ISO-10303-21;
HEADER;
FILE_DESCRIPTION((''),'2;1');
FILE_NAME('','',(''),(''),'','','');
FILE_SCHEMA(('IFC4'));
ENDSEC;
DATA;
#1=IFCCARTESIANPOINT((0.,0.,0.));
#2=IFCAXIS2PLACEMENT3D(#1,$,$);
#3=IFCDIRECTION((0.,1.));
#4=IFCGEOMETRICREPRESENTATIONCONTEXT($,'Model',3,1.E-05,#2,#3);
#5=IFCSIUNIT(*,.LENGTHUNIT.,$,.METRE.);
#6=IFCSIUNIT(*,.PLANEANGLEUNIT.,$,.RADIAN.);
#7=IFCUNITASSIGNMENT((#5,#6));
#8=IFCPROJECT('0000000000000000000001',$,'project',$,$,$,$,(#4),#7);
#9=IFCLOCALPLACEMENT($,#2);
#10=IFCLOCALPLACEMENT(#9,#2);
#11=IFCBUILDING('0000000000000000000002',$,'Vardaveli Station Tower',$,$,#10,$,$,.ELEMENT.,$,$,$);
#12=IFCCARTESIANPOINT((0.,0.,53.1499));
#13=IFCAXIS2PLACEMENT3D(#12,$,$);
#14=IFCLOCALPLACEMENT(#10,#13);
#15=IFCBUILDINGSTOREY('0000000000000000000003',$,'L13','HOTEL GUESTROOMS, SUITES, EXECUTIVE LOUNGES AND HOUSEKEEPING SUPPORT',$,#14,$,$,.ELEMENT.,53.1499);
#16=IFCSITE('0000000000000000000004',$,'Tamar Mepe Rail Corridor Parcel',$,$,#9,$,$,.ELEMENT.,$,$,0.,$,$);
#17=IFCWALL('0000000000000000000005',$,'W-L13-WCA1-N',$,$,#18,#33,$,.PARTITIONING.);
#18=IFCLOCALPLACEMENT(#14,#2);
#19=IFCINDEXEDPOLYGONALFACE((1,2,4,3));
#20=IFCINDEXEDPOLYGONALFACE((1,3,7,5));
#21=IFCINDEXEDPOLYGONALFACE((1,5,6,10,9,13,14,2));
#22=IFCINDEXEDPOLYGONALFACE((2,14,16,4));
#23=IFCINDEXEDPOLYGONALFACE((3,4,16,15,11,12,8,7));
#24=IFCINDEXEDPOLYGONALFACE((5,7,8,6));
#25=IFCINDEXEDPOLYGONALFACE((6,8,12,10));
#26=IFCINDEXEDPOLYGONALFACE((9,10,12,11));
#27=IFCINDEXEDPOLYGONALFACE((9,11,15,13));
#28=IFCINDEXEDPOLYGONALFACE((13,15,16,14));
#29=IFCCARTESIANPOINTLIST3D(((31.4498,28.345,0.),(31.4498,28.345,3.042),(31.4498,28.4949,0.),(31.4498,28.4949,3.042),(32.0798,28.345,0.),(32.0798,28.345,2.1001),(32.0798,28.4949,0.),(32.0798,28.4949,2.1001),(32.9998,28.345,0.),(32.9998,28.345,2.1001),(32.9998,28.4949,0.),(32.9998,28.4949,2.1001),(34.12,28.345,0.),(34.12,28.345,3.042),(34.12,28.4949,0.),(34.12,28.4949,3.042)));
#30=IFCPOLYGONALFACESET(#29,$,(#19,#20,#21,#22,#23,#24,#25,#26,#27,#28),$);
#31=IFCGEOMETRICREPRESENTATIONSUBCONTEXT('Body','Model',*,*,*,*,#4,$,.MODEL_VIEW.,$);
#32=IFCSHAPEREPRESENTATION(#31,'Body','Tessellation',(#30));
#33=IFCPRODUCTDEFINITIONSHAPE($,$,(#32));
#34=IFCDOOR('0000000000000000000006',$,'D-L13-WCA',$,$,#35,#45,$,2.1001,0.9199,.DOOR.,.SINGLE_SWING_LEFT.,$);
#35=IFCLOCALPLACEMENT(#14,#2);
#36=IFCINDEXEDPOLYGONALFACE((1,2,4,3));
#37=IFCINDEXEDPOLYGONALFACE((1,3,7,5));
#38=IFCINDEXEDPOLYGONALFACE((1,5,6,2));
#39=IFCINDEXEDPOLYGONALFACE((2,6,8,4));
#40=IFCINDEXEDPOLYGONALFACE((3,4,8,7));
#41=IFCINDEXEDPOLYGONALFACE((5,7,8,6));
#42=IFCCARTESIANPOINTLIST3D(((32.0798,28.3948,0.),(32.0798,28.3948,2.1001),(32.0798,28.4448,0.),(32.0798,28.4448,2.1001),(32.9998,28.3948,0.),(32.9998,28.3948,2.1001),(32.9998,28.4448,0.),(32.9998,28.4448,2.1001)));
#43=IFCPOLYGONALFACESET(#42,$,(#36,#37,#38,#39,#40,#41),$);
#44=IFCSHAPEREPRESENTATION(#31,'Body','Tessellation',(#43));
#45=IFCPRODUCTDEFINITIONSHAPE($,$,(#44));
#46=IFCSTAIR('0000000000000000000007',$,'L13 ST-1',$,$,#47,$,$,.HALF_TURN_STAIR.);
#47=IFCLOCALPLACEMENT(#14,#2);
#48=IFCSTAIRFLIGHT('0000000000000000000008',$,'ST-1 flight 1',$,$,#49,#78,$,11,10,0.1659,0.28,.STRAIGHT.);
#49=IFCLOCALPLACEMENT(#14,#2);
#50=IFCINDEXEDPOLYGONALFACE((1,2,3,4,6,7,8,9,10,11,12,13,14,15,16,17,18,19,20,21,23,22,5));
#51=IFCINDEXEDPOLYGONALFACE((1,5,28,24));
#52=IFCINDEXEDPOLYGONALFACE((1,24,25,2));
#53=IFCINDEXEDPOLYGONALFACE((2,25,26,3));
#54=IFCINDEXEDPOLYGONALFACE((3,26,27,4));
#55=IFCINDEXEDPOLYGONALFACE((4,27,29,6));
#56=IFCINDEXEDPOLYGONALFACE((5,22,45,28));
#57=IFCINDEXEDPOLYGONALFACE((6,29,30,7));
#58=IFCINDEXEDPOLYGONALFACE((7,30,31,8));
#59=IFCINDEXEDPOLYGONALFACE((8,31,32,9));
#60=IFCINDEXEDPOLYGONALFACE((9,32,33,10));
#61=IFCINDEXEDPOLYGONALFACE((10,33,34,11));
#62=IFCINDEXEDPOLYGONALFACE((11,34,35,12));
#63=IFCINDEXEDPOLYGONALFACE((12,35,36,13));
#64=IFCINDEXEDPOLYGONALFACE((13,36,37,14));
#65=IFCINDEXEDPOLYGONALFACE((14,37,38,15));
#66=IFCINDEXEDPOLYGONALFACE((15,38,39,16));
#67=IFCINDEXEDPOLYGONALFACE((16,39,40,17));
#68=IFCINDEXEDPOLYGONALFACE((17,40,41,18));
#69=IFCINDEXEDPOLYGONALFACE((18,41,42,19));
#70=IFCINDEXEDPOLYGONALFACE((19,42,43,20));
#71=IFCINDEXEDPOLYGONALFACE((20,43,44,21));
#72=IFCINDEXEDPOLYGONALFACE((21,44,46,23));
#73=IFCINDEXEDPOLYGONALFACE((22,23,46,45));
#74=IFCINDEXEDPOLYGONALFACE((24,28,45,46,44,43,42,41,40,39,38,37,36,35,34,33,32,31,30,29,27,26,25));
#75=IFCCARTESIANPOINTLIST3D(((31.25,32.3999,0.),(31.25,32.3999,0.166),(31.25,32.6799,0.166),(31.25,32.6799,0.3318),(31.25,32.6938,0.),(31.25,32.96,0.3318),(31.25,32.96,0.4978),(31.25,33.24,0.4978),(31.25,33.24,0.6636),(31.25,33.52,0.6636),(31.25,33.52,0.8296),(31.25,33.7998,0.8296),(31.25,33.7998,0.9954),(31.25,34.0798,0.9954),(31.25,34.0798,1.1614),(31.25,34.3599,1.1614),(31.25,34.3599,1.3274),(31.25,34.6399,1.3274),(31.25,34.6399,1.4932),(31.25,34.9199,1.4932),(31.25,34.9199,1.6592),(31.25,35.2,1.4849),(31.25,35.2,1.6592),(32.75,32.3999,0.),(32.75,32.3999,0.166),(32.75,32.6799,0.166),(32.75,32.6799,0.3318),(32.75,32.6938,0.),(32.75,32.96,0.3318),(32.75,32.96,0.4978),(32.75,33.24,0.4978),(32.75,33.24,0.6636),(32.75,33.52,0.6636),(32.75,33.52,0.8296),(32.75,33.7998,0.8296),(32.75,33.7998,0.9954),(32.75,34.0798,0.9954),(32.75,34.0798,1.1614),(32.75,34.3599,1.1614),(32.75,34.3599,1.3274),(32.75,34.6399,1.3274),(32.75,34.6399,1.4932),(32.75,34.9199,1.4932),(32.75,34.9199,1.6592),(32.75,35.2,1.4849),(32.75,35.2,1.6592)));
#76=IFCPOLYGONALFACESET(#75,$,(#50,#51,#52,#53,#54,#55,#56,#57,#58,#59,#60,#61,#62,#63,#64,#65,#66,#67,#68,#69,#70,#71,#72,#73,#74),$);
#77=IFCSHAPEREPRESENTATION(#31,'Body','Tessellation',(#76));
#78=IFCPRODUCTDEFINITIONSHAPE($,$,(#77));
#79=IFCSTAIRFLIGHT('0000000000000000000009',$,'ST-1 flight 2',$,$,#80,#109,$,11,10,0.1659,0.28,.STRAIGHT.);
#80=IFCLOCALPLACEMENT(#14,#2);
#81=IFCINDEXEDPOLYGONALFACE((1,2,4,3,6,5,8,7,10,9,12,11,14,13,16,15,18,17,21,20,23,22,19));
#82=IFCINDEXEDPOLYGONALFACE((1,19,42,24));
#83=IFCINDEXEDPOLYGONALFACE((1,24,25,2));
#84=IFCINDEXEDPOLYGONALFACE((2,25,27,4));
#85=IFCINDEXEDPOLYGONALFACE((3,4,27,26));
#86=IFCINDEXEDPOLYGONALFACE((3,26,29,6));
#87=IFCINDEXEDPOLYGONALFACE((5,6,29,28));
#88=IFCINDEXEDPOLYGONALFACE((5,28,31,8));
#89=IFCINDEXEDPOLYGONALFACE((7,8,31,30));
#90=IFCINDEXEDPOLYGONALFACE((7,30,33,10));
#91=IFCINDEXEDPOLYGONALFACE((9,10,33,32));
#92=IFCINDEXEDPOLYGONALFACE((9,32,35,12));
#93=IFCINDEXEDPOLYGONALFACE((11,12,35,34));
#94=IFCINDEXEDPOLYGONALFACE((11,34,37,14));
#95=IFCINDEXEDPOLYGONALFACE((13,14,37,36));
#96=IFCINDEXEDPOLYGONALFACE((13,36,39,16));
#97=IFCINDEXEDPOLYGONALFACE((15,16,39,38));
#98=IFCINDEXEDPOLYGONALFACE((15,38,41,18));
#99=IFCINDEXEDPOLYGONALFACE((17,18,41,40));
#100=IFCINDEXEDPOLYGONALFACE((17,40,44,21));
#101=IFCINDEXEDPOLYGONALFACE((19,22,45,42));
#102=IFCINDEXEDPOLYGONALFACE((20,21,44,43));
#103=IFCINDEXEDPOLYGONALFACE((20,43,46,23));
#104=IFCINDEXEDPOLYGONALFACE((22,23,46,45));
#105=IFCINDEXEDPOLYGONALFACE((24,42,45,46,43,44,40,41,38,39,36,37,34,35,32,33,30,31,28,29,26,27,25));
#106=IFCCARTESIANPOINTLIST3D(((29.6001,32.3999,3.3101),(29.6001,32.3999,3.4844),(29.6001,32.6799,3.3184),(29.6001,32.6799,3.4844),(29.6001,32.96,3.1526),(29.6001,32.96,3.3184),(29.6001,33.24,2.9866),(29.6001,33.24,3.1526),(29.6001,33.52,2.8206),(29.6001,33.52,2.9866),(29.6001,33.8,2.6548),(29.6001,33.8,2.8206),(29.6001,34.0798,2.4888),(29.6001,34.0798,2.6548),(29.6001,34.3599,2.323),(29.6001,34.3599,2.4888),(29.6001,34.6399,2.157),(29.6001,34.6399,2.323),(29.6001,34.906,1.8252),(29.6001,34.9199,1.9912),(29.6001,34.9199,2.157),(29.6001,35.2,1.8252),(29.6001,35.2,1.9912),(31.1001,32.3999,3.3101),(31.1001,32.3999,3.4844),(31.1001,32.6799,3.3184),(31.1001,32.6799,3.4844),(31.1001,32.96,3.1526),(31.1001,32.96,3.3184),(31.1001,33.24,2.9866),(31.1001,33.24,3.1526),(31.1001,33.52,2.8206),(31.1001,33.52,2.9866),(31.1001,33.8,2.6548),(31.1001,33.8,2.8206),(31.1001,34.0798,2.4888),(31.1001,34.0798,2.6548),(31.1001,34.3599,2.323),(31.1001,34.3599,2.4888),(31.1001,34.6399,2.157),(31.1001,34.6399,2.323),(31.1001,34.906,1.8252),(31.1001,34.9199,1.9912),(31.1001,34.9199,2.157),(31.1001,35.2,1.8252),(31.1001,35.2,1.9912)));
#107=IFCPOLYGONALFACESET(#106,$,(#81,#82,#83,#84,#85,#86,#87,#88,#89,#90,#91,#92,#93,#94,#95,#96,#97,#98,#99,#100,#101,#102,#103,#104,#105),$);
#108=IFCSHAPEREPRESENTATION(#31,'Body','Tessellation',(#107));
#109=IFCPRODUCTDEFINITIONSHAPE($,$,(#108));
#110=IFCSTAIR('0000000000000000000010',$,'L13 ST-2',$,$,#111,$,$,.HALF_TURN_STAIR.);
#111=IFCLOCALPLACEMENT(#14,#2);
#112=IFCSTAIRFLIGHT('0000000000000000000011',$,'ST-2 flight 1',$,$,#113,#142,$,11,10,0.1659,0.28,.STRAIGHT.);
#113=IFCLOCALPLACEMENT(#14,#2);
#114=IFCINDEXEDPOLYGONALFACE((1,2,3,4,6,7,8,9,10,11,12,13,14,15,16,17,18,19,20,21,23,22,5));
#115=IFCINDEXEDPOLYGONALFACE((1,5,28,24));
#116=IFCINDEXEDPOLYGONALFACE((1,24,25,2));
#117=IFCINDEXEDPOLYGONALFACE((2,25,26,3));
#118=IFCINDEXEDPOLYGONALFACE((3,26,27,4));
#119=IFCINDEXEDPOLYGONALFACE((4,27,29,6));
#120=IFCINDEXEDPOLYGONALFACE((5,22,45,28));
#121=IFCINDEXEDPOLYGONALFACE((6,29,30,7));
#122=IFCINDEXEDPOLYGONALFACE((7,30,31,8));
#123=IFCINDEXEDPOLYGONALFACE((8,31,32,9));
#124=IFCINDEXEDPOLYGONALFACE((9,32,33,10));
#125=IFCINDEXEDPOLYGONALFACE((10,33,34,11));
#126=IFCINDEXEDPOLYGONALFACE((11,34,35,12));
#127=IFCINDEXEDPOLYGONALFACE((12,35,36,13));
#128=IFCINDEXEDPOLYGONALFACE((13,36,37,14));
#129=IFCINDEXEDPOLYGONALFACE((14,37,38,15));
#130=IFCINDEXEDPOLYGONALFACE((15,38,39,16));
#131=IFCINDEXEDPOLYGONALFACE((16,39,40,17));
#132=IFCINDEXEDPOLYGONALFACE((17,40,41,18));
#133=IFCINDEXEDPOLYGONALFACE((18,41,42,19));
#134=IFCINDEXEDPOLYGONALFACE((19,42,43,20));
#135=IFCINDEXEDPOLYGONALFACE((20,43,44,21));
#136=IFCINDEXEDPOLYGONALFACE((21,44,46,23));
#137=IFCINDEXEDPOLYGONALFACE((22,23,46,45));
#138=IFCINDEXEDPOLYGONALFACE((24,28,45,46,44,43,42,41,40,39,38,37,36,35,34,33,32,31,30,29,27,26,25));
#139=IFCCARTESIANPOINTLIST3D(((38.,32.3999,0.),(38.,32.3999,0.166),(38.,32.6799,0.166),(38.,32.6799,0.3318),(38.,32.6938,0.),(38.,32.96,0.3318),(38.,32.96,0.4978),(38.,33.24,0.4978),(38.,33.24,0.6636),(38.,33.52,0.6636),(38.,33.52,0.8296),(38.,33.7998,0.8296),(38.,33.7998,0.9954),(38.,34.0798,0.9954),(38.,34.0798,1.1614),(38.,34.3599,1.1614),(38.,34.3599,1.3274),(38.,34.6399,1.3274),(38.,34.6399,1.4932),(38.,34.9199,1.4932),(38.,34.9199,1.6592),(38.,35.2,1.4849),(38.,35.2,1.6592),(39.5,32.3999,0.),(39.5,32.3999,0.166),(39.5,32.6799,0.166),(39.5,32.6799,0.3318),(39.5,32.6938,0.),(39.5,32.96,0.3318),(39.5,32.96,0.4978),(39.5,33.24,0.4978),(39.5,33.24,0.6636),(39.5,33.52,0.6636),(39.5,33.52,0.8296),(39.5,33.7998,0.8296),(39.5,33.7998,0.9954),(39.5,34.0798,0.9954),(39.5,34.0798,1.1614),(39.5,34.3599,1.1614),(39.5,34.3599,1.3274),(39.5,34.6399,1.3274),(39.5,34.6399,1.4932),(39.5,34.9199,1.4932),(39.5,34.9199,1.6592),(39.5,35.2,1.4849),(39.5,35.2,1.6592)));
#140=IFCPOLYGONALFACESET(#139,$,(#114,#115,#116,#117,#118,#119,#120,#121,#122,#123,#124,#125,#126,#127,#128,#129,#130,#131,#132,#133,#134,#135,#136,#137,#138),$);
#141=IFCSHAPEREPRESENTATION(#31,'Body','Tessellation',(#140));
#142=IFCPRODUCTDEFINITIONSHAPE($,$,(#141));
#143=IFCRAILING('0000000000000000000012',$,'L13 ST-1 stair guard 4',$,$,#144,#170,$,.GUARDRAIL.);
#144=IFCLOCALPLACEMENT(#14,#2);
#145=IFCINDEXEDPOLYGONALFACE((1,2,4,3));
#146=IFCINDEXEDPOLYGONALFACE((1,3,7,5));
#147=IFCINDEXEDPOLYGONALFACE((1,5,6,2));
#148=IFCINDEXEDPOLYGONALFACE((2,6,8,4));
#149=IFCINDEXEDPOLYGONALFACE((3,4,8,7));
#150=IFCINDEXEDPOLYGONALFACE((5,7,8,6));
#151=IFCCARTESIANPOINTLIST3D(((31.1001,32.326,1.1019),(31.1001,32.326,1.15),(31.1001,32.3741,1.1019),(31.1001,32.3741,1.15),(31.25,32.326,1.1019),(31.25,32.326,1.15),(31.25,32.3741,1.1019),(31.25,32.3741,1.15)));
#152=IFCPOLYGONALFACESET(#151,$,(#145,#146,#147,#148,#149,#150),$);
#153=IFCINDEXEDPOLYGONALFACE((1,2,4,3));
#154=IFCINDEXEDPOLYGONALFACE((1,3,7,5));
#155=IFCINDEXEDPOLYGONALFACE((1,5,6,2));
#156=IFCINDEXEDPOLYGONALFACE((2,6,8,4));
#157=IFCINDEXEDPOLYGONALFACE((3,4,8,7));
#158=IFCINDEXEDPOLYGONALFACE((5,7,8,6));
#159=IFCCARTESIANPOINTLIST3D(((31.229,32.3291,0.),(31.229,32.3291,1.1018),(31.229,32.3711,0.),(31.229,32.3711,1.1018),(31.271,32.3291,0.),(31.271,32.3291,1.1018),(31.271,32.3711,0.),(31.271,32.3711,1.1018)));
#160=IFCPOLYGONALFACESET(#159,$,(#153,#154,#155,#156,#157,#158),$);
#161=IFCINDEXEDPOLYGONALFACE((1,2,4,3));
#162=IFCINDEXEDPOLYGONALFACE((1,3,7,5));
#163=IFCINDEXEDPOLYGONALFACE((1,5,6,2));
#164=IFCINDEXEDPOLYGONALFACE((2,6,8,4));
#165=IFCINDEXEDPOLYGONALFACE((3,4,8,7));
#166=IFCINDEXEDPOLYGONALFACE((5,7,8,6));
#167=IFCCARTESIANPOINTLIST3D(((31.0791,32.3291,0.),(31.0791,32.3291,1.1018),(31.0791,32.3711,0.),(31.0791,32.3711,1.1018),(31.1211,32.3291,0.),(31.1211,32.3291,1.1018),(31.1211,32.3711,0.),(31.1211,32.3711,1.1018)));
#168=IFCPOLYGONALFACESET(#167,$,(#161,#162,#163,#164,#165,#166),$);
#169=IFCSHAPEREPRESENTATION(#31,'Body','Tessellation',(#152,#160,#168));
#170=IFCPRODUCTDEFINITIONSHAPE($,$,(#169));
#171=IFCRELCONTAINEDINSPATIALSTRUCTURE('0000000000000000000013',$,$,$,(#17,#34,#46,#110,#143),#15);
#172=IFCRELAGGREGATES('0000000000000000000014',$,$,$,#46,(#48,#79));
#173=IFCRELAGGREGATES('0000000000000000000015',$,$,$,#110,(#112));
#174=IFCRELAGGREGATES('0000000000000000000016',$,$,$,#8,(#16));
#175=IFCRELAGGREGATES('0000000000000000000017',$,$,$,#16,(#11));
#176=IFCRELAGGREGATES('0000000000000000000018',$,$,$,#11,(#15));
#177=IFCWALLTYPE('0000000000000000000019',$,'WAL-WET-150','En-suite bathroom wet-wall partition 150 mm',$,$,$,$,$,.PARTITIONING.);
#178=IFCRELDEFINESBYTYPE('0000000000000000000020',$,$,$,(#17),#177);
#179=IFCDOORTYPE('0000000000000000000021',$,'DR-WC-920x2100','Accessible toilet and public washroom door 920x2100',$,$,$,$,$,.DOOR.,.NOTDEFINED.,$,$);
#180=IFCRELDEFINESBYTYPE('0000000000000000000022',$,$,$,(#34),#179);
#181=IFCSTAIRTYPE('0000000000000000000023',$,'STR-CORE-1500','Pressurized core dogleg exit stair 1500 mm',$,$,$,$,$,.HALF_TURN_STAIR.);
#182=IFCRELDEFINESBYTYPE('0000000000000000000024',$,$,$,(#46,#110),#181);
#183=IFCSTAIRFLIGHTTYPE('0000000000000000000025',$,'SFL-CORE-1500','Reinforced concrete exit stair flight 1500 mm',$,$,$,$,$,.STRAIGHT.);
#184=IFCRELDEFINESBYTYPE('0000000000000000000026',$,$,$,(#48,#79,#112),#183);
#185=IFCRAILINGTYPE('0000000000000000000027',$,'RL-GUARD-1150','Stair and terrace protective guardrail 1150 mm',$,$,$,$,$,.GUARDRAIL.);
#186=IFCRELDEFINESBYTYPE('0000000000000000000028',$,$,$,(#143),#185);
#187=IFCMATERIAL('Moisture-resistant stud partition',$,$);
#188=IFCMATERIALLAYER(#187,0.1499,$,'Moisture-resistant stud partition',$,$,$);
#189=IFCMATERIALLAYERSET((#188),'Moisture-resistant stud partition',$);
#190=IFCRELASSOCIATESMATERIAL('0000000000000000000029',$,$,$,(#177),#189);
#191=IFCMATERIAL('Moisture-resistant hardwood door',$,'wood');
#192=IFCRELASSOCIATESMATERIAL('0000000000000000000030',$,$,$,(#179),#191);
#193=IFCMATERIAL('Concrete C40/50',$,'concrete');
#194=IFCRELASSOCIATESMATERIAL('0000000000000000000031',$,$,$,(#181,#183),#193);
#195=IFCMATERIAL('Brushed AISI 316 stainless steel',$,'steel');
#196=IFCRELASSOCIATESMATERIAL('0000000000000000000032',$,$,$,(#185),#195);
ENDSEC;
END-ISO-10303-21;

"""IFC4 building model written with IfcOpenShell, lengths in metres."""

from ifc_helpers import new_model, si_unit, direction, frame, frame_2d, origin, origin_2d, place, context, subcontext, project, spatial, polyline, rectangle, outline, extrude, source, transform, mapped, material, layer, layer_set, type_object, element, fill, aggregate, save


model = new_model("IFC4")

# Units and contexts
model_context = context("Model", 3, precision=1e-05, world=origin(), true_north=direction((0.0, 1.0)))
body_context = subcontext(model_context, "Body", "Model", "MODEL_VIEW")
ifc_project = project(units=[si_unit("LENGTHUNIT", "METRE"), si_unit("PLANEANGLEUNIT", "RADIAN")], contexts=[model_context])

# Site, building, storey
site_placement = place(None, origin())
site = spatial("IfcSite", under=ifc_project, at=site_placement, Name="Tamar Mepe Rail Corridor Parcel", CompositionType="ELEMENT", RefElevation=0.0)
building_placement = place(site_placement, origin())
building = spatial("IfcBuilding", under=site, at=building_placement, Name="Vardaveli Station Tower", CompositionType="ELEMENT")
storey_placement = place(building_placement, frame((0.0, 0.0, 53.1499)))
storey = spatial("IfcBuildingStorey", under=building, at=storey_placement, Name="L13", Description="HOTEL GUESTROOMS, SUITES, EXECUTIVE LOUNGES AND HOUSEKEEPING SUPPORT", CompositionType="ELEMENT", Elevation=53.1499)

# Shared definitions
ifc_material_1 = material(Name="Concrete C40/50", Category="concrete")

# Wall, opening, door
ifc_material_2 = material(Name="Moisture-resistant stud partition")
ifc_layer_1 = layer(ifc_material_2, 0.1499, Name="Moisture-resistant stud partition")
ifc_layer_set_1 = layer_set([ifc_layer_1], Name="Moisture-resistant stud partition")
wall_type_1 = type_object("IfcWallType", Name="WAL-WET-150", Description="En-suite bathroom wet-wall partition 150 mm", PredefinedType="PARTITIONING", material=ifc_layer_set_1)
shared_shape_1 = source(origin(), body_context, "Body", "SweptSolid", [
    extrude(rectangle(XDim=2.6702, YDim=0.1499, at=frame_2d((1.335, 0.0))), origin(), (0.0, 0.0, 1.0), 3.042),
])
wall_1_placement = place(storey_placement, frame((31.45, 28.4199, 0.0), z_axis=(0.0, 0.0, 1.0), x_axis=(1.0, 0.0, 0.0)))
wall_1 = element("IfcWall", 1, at=wall_1_placement, inside=storey, type_object=wall_type_1, Name="W-L13-WCA1-N", PredefinedType="PARTITIONING", context=body_context, shape_type="MappedRepresentation", body=[
    mapped(shared_shape_1, transform((0.0, 0.0, 0.0), scale=1.0)),
])
shared_shape_2 = source(origin(), body_context, "Body", "SweptSolid", [
    extrude(rectangle(XDim=0.9199, YDim=2.1001, at=frame_2d((0.46, 1.05))), frame((0.0, 0.085, 0.0), z_axis=(0.0, -1.0, 0.0), x_axis=(1.0, 0.0, 0.0)), (0.0, 0.0, 1.0), 0.1699),
])
opening_1_placement = place(wall_1_placement, frame((0.6299, 0.0, 0.0)))
opening_1 = element("IfcOpeningElement", 2, at=opening_1_placement, cuts=wall_1, PredefinedType="OPENING", context=body_context, shape_type="MappedRepresentation", body=[
    mapped(shared_shape_2, transform((0.0, 0.0, 0.0), scale=1.0)),
])
ifc_material_3 = material(Name="Moisture-resistant hardwood door", Category="wood")
door_type_1 = type_object("IfcDoorType", Name="DR-WC-920x2100", Description="Accessible toilet and public washroom door 920x2100", OperationType="NOTDEFINED", PredefinedType="DOOR", material=ifc_material_3)
shared_shape_3 = source(origin(), body_context, "Body", "SweptSolid", [
    extrude(rectangle(XDim=0.9199, YDim=2.1001, at=frame_2d((0.46, 1.05))), frame((0.0, 0.0249, 0.0), z_axis=(0.0, -1.0, 0.0), x_axis=(1.0, 0.0, 0.0)), (0.0, 0.0, 1.0), 0.05),
])
door_1_placement = place(opening_1_placement, origin())
door_1 = element("IfcDoor", 3, at=door_1_placement, inside=storey, type_object=door_type_1, Name="D-L13-WCA", OperationType="SINGLE_SWING_LEFT", OverallHeight=2.1001, OverallWidth=0.9199, PredefinedType="DOOR", context=body_context, shape_type="MappedRepresentation", body=[
    mapped(shared_shape_3, transform((0.0, 0.0, 0.0), scale=1.0)),
])
fill(opening_1, door_1)

# Stair, stair flights
stair_type = type_object("IfcStairType", Name="STR-CORE-1500", Description="Pressurized core dogleg exit stair 1500 mm", PredefinedType="HALF_TURN_STAIR", material=ifc_material_1)
stair_1_placement = place(storey_placement, origin())
stair_1 = element("IfcStair", 4, at=stair_1_placement, inside=storey, type_object=stair_type, Name="L13 ST-1", PredefinedType="HALF_TURN_STAIR")
stair_flight_type = type_object("IfcStairFlightType", Name="SFL-CORE-1500", Description="Reinforced concrete exit stair flight 1500 mm", PredefinedType="STRAIGHT", material=ifc_material_1)
shared_shape_4 = source(origin(), body_context, "Body", "SweptSolid", [
    extrude(outline(polyline([(0.0, 0.0), (0.0, 0.166), (0.28, 0.166), (0.28, 0.3318), (0.5601, 0.3318), (0.5601, 0.4978), (0.8401, 0.4978), (0.8401, 0.6636), (1.1201, 0.6636), (1.1201, 0.8296), (1.3999, 0.8296), (1.3999, 0.9954), (1.6799, 0.9954), (1.6799, 1.1614), (1.96, 1.1614), (1.96, 1.3274), (2.24, 1.3274), (2.24, 1.4932), (2.52, 1.4932), (2.52, 1.6592), (2.8, 1.6592), (2.8, 1.825), (2.8, 1.4849), (0.2939, 0.0), (0.0, 0.0)])), frame((0.0, 0.75, 0.0), z_axis=(0.0, -1.0, 0.0), x_axis=(1.0, 0.0, 0.0)), (0.0, 0.0, 1.0), 1.5),
])
stair_flight_1_placement = place(storey_placement, frame((32.0, 32.3999, 0.0), z_axis=(0.0, 0.0, 1.0), x_axis=(0.0, 1.0, 0.0)))
stair_flight_1 = element("IfcStairFlight", 5, at=stair_flight_1_placement, type_object=stair_flight_type, Name="ST-1 flight 1", NumberOfRisers=11, NumberOfTreads=10, PredefinedType="STRAIGHT", RiserHeight=0.1659, TreadLength=0.28, context=body_context, shape_type="MappedRepresentation", body=[
    mapped(shared_shape_4, transform((0.0, 0.0, 0.0), scale=1.0)),
])
stair_flight_2_placement = place(storey_placement, frame((30.3501, 35.2, 1.8252), z_axis=(0.0, 0.0, 1.0), x_axis=(0.0, -1.0, 0.0)))
stair_flight_2 = element("IfcStairFlight", 6, at=stair_flight_2_placement, type_object=stair_flight_type, Name="ST-1 flight 2", NumberOfRisers=11, NumberOfTreads=10, PredefinedType="STRAIGHT", RiserHeight=0.1659, TreadLength=0.28, context=body_context, shape_type="MappedRepresentation", body=[
    mapped(shared_shape_4, transform((0.0, 0.0, 0.0), scale=1.0)),
])
aggregate(stair_1, [stair_flight_1, stair_flight_2])

# Stair, stair flight
stair_2_placement = place(storey_placement, origin())
stair_2 = element("IfcStair", 7, at=stair_2_placement, inside=storey, type_object=stair_type, Name="L13 ST-2", PredefinedType="HALF_TURN_STAIR")
stair_flight_3_placement = place(storey_placement, frame((38.75, 32.3999, 0.0), z_axis=(0.0, 0.0, 1.0), x_axis=(0.0, 1.0, 0.0)))
stair_flight_3 = element("IfcStairFlight", 8, at=stair_flight_3_placement, type_object=stair_flight_type, Name="ST-2 flight 1", NumberOfRisers=11, NumberOfTreads=10, PredefinedType="STRAIGHT", RiserHeight=0.1659, TreadLength=0.28, context=body_context, shape_type="MappedRepresentation", body=[
    mapped(shared_shape_4, transform((0.0, 0.0, 0.0), scale=1.0)),
])
aggregate(stair_2, [stair_flight_3])

# Railing
ifc_material_4 = material(Name="Brushed AISI 316 stainless steel", Category="steel")
railing_type_1 = type_object("IfcRailingType", Name="RL-GUARD-1150", Description="Stair and terrace protective guardrail 1150 mm", PredefinedType="GUARDRAIL", material=ifc_material_4)
shared_shape_5 = source(origin(), body_context, "Body", "SweptSolid", [
    extrude(rectangle(XDim=0.0481, YDim=0.0481, at=origin_2d()), frame((0.0, 0.0, 1.126), z_axis=(-1.0, 0.0, 0.0), x_axis=(0.0, -1.0, 0.0)), (0.0, 0.0, 1.0), 0.1499),
    extrude(rectangle(XDim=0.042, YDim=0.042, at=origin_2d()), origin(), (0.0, 0.0, 1.0), 1.1018),
    extrude(rectangle(XDim=0.042, YDim=0.042, at=origin_2d()), frame((-0.1499, 0.0, 0.0)), (0.0, 0.0, 1.0), 1.1018),
])
for number, where, name in (
    (9, (31.25, 32.3501, 0.0), "L13 ST-1 stair guard 4"),
):
    element("IfcRailing", number, at=place(storey_placement, frame(where)), inside=storey, type_object=railing_type_1, Name=name, PredefinedType="GUARDRAIL", context=body_context, shape_type="MappedRepresentation", body=[
        mapped(shared_shape_5, transform((0.0, 0.0, 0.0), scale=1.0)),
    ])

save(model, "model.ifc")
